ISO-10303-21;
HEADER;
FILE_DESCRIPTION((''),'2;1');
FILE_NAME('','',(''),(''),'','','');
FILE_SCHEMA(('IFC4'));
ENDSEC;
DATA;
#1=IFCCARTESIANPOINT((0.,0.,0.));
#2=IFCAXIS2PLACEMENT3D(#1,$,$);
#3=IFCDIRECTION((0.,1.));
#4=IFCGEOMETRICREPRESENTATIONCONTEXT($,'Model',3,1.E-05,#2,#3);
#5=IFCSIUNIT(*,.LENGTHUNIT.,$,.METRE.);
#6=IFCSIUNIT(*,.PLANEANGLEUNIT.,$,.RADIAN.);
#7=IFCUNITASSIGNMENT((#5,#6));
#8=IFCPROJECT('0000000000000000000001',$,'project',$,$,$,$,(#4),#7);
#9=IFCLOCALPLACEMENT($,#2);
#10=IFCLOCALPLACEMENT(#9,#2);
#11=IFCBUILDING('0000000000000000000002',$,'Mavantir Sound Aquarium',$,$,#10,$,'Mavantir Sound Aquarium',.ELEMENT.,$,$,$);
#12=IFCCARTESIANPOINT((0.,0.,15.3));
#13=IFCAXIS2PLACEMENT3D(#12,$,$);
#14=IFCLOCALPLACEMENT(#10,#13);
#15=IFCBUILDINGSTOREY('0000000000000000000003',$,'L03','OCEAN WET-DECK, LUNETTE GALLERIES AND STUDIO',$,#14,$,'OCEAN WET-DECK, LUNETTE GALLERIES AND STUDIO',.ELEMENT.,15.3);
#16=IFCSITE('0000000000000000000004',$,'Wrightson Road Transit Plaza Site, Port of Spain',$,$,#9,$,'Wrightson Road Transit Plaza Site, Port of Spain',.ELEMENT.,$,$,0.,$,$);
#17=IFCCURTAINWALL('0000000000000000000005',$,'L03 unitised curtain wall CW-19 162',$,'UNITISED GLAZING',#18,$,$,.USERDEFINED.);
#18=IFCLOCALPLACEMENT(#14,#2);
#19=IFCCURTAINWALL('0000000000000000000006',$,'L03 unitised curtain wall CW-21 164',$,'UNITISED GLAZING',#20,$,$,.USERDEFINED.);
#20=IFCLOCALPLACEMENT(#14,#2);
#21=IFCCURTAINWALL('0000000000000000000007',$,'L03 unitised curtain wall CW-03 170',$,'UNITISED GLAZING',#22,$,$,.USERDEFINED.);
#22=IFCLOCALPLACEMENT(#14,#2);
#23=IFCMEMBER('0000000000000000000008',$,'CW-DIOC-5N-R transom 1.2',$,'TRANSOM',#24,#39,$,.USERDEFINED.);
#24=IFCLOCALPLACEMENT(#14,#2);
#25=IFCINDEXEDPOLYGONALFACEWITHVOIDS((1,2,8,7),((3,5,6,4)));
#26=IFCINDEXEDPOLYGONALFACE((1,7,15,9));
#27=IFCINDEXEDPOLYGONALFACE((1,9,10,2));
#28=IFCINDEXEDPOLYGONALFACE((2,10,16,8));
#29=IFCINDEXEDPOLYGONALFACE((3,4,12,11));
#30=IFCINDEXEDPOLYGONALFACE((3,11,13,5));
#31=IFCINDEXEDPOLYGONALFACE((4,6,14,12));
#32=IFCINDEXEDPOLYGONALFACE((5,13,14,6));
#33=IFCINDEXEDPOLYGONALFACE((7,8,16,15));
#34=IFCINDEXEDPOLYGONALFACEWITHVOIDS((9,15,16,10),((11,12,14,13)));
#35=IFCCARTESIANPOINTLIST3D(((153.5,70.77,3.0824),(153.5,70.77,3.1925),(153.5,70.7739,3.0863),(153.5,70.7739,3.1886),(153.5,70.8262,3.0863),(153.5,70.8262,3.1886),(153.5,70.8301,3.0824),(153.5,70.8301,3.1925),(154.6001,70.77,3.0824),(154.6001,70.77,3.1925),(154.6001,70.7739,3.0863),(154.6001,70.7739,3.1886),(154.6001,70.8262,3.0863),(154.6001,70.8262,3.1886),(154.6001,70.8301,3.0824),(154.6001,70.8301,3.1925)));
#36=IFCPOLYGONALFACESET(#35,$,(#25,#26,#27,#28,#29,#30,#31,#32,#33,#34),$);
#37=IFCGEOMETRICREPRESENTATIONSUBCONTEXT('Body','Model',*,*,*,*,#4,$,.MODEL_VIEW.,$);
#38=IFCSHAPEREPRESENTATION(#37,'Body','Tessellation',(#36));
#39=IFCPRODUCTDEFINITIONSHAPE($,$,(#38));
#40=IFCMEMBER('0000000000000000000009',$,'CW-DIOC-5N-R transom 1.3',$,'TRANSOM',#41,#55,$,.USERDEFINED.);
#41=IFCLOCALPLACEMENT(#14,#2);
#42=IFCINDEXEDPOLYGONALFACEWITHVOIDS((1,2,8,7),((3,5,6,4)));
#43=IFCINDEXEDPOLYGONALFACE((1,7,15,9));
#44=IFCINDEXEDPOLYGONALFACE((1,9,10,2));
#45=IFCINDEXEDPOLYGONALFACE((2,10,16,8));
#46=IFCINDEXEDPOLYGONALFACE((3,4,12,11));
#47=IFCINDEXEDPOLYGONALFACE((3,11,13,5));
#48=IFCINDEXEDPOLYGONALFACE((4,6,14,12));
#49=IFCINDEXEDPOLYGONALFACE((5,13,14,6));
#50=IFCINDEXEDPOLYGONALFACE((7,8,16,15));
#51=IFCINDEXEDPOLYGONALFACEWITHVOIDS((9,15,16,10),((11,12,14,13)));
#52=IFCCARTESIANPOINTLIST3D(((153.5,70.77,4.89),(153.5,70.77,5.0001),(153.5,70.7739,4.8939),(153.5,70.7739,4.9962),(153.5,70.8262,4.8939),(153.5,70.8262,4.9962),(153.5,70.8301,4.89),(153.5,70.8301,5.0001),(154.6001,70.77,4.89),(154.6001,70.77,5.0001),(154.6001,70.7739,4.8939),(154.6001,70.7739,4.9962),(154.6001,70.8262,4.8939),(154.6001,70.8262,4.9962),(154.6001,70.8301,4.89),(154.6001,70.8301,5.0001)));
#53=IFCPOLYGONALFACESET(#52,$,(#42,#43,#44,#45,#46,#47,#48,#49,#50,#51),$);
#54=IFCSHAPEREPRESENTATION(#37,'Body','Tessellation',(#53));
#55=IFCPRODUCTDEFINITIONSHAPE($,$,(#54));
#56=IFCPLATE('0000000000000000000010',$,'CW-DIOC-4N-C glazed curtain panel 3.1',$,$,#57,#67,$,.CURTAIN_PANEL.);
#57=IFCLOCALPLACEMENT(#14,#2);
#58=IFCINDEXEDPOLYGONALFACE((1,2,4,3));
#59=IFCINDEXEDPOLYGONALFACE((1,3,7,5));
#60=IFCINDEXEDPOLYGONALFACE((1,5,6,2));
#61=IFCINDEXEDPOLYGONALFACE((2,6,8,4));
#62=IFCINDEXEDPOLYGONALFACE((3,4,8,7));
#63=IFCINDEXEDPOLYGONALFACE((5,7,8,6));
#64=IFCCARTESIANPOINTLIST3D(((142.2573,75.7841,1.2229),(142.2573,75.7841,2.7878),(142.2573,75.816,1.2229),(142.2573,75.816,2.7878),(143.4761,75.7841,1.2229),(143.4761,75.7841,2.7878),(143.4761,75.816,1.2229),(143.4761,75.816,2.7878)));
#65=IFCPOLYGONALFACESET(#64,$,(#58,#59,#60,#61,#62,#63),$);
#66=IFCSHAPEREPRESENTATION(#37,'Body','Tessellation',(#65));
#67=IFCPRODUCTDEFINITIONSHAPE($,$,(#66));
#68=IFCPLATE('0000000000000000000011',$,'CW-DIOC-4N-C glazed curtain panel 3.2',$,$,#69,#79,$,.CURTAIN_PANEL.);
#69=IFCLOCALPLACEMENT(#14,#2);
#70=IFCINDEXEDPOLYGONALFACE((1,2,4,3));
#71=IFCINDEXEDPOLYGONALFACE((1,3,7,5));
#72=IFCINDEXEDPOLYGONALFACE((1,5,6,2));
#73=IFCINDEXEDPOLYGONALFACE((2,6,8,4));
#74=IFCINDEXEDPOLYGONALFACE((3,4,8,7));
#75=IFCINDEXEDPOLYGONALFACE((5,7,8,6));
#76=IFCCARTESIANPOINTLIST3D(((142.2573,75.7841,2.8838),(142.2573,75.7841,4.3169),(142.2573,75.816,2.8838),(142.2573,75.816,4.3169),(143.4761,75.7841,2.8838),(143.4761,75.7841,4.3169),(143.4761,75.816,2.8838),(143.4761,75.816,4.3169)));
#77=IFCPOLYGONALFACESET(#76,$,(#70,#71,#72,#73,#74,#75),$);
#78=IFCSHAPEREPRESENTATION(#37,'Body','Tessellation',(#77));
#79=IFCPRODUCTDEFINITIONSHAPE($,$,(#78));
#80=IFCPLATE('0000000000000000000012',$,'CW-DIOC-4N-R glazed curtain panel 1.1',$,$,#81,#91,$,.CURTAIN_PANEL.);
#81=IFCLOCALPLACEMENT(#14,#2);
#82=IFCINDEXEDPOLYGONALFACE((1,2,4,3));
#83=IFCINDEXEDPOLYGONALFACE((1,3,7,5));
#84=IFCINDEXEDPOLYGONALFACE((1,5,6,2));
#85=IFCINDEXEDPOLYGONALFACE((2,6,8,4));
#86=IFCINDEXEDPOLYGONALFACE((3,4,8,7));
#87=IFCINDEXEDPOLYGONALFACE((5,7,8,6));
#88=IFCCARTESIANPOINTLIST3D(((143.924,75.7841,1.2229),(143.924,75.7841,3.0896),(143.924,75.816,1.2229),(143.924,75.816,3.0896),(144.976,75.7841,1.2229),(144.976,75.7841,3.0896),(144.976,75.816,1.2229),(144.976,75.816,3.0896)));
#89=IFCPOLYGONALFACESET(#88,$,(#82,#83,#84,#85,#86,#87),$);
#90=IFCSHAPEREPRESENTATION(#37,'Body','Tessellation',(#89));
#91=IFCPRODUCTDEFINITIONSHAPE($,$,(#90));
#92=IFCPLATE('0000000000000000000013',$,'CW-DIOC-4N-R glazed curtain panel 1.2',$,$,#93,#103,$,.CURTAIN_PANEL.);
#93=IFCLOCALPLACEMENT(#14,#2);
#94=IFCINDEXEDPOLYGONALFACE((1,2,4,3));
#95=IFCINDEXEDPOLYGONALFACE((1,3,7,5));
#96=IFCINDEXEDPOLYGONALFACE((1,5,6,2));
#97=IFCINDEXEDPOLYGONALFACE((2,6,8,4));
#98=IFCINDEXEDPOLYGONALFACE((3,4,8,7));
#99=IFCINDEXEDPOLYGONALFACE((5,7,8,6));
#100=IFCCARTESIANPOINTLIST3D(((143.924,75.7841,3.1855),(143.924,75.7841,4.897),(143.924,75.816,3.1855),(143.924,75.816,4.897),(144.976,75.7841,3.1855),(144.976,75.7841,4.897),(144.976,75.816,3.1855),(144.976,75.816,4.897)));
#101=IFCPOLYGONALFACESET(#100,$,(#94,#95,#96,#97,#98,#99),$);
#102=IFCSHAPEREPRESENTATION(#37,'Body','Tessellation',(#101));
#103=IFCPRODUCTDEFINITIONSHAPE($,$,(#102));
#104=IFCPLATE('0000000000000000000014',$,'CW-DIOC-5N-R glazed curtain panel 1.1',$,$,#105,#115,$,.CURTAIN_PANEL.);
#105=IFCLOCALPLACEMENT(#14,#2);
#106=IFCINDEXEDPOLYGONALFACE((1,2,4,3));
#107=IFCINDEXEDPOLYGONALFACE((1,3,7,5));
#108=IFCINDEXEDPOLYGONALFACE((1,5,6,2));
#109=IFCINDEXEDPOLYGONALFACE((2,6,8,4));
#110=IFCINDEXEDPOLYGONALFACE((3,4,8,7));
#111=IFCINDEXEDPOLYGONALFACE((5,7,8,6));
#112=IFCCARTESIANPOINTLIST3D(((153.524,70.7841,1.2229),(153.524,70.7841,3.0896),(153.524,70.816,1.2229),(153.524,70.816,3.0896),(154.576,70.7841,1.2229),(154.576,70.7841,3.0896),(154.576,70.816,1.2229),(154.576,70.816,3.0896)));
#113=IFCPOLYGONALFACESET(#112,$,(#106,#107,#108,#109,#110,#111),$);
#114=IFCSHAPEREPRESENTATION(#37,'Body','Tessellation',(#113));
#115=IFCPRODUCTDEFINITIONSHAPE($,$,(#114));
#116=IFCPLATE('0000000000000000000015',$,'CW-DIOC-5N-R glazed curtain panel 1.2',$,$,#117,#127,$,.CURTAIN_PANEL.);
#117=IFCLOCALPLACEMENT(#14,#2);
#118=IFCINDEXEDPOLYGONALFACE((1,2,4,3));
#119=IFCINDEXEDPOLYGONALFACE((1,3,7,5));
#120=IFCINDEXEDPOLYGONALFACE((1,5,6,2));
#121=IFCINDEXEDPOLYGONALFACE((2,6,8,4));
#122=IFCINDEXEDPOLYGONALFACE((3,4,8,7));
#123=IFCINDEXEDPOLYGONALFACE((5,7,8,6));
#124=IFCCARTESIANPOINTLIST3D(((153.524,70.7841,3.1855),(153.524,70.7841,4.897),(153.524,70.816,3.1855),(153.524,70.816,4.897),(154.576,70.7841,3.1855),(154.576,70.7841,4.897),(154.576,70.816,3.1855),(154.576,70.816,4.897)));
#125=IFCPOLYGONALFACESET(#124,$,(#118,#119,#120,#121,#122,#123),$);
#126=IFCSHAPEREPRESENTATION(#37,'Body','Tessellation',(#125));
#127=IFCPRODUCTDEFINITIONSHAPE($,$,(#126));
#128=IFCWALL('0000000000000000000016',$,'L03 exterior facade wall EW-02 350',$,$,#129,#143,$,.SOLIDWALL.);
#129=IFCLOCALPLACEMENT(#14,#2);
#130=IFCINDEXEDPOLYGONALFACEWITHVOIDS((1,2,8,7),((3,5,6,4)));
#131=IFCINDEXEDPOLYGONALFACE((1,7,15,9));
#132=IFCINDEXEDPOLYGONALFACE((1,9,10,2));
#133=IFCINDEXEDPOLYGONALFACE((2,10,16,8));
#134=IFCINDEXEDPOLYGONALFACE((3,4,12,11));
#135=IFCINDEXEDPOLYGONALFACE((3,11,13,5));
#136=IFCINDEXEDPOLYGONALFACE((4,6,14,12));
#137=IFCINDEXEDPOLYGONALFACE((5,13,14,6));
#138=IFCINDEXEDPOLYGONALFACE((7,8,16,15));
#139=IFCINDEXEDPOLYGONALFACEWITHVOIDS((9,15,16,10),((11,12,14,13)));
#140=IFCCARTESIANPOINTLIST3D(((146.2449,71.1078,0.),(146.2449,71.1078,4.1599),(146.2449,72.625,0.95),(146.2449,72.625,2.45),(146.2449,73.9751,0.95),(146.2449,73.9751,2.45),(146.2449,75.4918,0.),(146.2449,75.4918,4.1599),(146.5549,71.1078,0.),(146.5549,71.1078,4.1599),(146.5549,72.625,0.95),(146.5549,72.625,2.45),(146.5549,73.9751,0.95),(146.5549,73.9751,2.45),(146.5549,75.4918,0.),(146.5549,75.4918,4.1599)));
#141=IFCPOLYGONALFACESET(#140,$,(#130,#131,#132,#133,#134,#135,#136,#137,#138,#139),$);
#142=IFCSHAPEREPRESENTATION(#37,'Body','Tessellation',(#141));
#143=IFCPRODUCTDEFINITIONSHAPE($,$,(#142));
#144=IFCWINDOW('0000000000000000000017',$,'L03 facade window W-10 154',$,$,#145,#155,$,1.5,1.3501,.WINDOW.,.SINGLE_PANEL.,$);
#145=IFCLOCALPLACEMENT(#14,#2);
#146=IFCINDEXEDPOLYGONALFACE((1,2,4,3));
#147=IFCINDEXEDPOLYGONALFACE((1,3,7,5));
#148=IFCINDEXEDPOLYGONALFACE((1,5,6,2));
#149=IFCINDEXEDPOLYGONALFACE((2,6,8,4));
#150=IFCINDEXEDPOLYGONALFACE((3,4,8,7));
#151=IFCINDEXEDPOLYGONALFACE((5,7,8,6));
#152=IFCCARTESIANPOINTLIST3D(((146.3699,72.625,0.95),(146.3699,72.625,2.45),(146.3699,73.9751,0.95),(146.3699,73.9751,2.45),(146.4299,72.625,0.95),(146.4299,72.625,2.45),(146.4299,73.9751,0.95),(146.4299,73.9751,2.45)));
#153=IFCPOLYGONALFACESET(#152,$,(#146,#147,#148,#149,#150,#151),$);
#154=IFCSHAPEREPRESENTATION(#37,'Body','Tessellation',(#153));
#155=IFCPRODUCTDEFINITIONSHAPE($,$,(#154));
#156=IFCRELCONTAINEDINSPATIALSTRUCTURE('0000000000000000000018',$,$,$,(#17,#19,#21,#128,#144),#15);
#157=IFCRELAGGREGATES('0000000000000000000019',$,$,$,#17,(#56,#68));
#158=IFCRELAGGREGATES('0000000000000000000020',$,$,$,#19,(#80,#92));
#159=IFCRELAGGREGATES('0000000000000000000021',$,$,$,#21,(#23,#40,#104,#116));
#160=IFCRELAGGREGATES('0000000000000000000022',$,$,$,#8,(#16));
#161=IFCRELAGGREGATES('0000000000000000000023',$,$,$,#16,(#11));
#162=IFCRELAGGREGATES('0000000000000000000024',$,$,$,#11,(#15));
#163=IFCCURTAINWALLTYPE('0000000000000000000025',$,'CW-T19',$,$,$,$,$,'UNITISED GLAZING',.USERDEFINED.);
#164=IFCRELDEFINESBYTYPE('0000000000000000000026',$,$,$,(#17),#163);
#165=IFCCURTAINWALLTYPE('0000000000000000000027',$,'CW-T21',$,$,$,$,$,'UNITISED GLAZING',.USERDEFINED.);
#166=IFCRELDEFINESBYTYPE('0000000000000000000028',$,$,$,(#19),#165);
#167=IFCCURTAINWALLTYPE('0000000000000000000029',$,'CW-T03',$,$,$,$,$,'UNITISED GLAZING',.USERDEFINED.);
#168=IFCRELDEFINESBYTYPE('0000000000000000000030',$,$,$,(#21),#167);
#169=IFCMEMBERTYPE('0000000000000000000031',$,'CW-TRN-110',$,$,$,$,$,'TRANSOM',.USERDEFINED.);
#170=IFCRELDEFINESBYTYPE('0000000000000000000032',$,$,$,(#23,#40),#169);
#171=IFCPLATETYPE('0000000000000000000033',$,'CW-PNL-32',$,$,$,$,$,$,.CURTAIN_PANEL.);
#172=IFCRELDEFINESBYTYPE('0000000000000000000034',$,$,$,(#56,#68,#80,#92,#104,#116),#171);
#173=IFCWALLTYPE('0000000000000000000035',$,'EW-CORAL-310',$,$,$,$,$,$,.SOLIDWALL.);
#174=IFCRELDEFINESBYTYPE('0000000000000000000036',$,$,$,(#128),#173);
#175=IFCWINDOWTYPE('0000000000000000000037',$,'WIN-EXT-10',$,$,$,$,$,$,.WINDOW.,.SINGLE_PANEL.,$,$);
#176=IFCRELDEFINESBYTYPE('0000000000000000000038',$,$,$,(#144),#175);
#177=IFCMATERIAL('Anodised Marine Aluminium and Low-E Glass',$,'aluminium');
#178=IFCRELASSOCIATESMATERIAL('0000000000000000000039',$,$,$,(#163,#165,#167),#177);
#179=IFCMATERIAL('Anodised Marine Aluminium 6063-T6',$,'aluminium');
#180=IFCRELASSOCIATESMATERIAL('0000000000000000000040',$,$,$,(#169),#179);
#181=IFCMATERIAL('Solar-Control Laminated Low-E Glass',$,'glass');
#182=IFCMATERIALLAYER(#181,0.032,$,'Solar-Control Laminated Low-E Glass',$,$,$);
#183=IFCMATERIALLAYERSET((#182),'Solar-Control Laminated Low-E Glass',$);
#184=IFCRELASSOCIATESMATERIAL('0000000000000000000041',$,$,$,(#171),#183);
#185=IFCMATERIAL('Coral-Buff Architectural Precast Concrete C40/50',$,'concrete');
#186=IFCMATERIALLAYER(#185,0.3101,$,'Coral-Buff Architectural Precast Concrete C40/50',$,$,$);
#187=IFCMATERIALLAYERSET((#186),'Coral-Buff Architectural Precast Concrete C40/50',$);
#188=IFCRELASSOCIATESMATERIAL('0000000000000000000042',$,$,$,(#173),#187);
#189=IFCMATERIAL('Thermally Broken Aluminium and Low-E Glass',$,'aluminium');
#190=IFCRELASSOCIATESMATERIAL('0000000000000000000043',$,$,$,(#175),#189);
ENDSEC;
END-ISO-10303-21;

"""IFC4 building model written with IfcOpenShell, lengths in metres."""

from ifc_helpers import new_model, si_unit, direction, frame, frame_2d, origin, origin_2d, place, context, subcontext, project, spatial, rectangle, hollow_rectangle, extrude, material, layer, layer_set, material_profile, profile_set, type_object, element, fill, aggregate, save


model = new_model("IFC4")

# Units and contexts
model_context = context("Model", 3, precision=1e-05, world=origin(), true_north=direction((0.0, 1.0)))
body_context = subcontext(model_context, "Body", "Model", "MODEL_VIEW")
ifc_project = project(units=[si_unit("LENGTHUNIT", "METRE"), si_unit("PLANEANGLEUNIT", "RADIAN")], contexts=[model_context])

# Site, building, storey
site_placement = place(None, origin())
site = spatial("IfcSite", under=ifc_project, at=site_placement, Name="Wrightson Road Transit Plaza Site, Port of Spain", LongName="Wrightson Road Transit Plaza Site, Port of Spain", CompositionType="ELEMENT", RefElevation=0.0)
building_placement = place(site_placement, origin())
building = spatial("IfcBuilding", under=site, at=building_placement, Name="Mavantir Sound Aquarium", LongName="Mavantir Sound Aquarium", CompositionType="ELEMENT")
storey_placement = place(building_placement, frame((0.0, 0.0, 15.3)))
storey = spatial("IfcBuildingStorey", under=building, at=storey_placement, Name="L03", Description="OCEAN WET-DECK, LUNETTE GALLERIES AND STUDIO", LongName="OCEAN WET-DECK, LUNETTE GALLERIES AND STUDIO", CompositionType="ELEMENT", Elevation=15.3)

# Curtain wall
ifc_material_1 = material(Name="Anodised Marine Aluminium and Low-E Glass", Category="aluminium")
curtain_wall_type_1 = type_object("IfcCurtainWallType", Name="CW-T19", ElementType="UNITISED GLAZING", PredefinedType="USERDEFINED", material=ifc_material_1)
curtain_wall_1_placement = place(storey_placement, origin())
curtain_wall_1 = element("IfcCurtainWall", 1, at=curtain_wall_1_placement, inside=storey, type_object=curtain_wall_type_1, Name="L03 unitised curtain wall CW-19 162", ObjectType="UNITISED GLAZING", PredefinedType="USERDEFINED")
ifc_material_2 = material(Name="Anodised Marine Aluminium 6063-T6", Category="aluminium")

# Curtain wall
curtain_wall_type_2 = type_object("IfcCurtainWallType", Name="CW-T21", ElementType="UNITISED GLAZING", PredefinedType="USERDEFINED", material=ifc_material_1)
curtain_wall_2_placement = place(storey_placement, origin())
curtain_wall_2 = element("IfcCurtainWall", 2, at=curtain_wall_2_placement, inside=storey, type_object=curtain_wall_type_2, Name="L03 unitised curtain wall CW-21 164", ObjectType="UNITISED GLAZING", PredefinedType="USERDEFINED")

# Curtain wall
curtain_wall_type_3 = type_object("IfcCurtainWallType", Name="CW-T03", ElementType="UNITISED GLAZING", PredefinedType="USERDEFINED", material=ifc_material_1)
curtain_wall_3_placement = place(storey_placement, origin())
curtain_wall_3 = element("IfcCurtainWall", 3, at=curtain_wall_3_placement, inside=storey, type_object=curtain_wall_type_3, Name="L03 unitised curtain wall CW-03 170", ObjectType="UNITISED GLAZING", PredefinedType="USERDEFINED")

# Members
ifc_material_profile_1 = material_profile(ifc_material_2, hollow_rectangle(XDim=0.0601, YDim=0.1101, WallThickness=0.0039, at=origin_2d()), Name="ALU-TRANSOM-110X60")
ifc_profile_set_1 = profile_set([ifc_material_profile_1], Name="Anodised Marine Aluminium 6063-T6")
member_type_1 = type_object("IfcMemberType", Name="CW-TRN-110", ElementType="TRANSOM", PredefinedType="USERDEFINED", material=ifc_profile_set_1)
member_1_placement = place(storey_placement, frame((153.5, 70.8, 3.1375), z_axis=(1.0, 0.0, 0.0), x_axis=(0.0, 1.0, 0.0)))
member_1 = element("IfcMember", 4, at=member_1_placement, type_object=member_type_1, Name="CW-DIOC-5N-R transom 1.2", ObjectType="TRANSOM", PredefinedType="USERDEFINED", context=body_context, shape_type="SweptSolid", body=[
    extrude(hollow_rectangle(XDim=0.0601, YDim=0.1101, WallThickness=0.0039, at=origin_2d()), origin(), (0.0, 0.0, 1.0), 1.1001),
])
member_2_placement = place(storey_placement, frame((153.5, 70.8, 4.9451), z_axis=(1.0, 0.0, 0.0), x_axis=(0.0, 1.0, 0.0)))
member_2 = element("IfcMember", 5, at=member_2_placement, type_object=member_type_1, Name="CW-DIOC-5N-R transom 1.3", ObjectType="TRANSOM", PredefinedType="USERDEFINED", context=body_context, shape_type="SweptSolid", body=[
    extrude(hollow_rectangle(XDim=0.0601, YDim=0.1101, WallThickness=0.0039, at=origin_2d()), origin(), (0.0, 0.0, 1.0), 1.1001),
])

# Plates
ifc_material_3 = material(Name="Solar-Control Laminated Low-E Glass", Category="glass")
ifc_layer_1 = layer(ifc_material_3, 0.032, Name="Solar-Control Laminated Low-E Glass")
ifc_layer_set_1 = layer_set([ifc_layer_1], Name="Solar-Control Laminated Low-E Glass")
plate_type = type_object("IfcPlateType", Name="CW-PNL-32", PredefinedType="CURTAIN_PANEL", material=ifc_layer_set_1)
plate_1_placement = place(storey_placement, frame((142.8667, 75.8, 1.2229), z_axis=(0.0, 0.0, 1.0), x_axis=(1.0, 0.0, 0.0)))
plate_1 = element("IfcPlate", 6, at=plate_1_placement, type_object=plate_type, Name="CW-DIOC-4N-C glazed curtain panel 3.1", PredefinedType="CURTAIN_PANEL", context=body_context, shape_type="SweptSolid", body=[
    extrude(rectangle(XDim=1.2188, YDim=0.032, at=origin_2d()), origin(), (0.0, 0.0, 1.0), 1.5649),
])
plate_2_placement = place(storey_placement, frame((142.8667, 75.8, 2.8838), z_axis=(0.0, 0.0, 1.0), x_axis=(1.0, 0.0, 0.0)))
plate_2 = element("IfcPlate", 7, at=plate_2_placement, type_object=plate_type, Name="CW-DIOC-4N-C glazed curtain panel 3.2", PredefinedType="CURTAIN_PANEL", context=body_context, shape_type="SweptSolid", body=[
    extrude(rectangle(XDim=1.2188, YDim=0.032, at=origin_2d()), origin(), (0.0, 0.0, 1.0), 1.4331),
])
aggregate(curtain_wall_1, [plate_1, plate_2])
plate_3_placement = place(storey_placement, frame((144.45, 75.8, 1.2229), z_axis=(0.0, 0.0, 1.0), x_axis=(1.0, 0.0, 0.0)))
plate_3 = element("IfcPlate", 8, at=plate_3_placement, type_object=plate_type, Name="CW-DIOC-4N-R glazed curtain panel 1.1", PredefinedType="CURTAIN_PANEL", context=body_context, shape_type="SweptSolid", body=[
    extrude(rectangle(XDim=1.052, YDim=0.032, at=origin_2d()), origin(), (0.0, 0.0, 1.0), 1.8667),
])
plate_4_placement = place(storey_placement, frame((144.45, 75.8, 3.1855), z_axis=(0.0, 0.0, 1.0), x_axis=(1.0, 0.0, 0.0)))
plate_4 = element("IfcPlate", 9, at=plate_4_placement, type_object=plate_type, Name="CW-DIOC-4N-R glazed curtain panel 1.2", PredefinedType="CURTAIN_PANEL", context=body_context, shape_type="SweptSolid", body=[
    extrude(rectangle(XDim=1.052, YDim=0.032, at=origin_2d()), origin(), (0.0, 0.0, 1.0), 1.7114),
])
aggregate(curtain_wall_2, [plate_3, plate_4])
plate_5_placement = place(storey_placement, frame((154.05, 70.8, 1.2229), z_axis=(0.0, 0.0, 1.0), x_axis=(1.0, 0.0, 0.0)))
plate_5 = element("IfcPlate", 10, at=plate_5_placement, type_object=plate_type, Name="CW-DIOC-5N-R glazed curtain panel 1.1", PredefinedType="CURTAIN_PANEL", context=body_context, shape_type="SweptSolid", body=[
    extrude(rectangle(XDim=1.052, YDim=0.032, at=origin_2d()), origin(), (0.0, 0.0, 1.0), 1.8667),
])
plate_6_placement = place(storey_placement, frame((154.05, 70.8, 3.1855), z_axis=(0.0, 0.0, 1.0), x_axis=(1.0, 0.0, 0.0)))
plate_6 = element("IfcPlate", 11, at=plate_6_placement, type_object=plate_type, Name="CW-DIOC-5N-R glazed curtain panel 1.2", PredefinedType="CURTAIN_PANEL", context=body_context, shape_type="SweptSolid", body=[
    extrude(rectangle(XDim=1.052, YDim=0.032, at=origin_2d()), origin(), (0.0, 0.0, 1.0), 1.7114),
])
aggregate(curtain_wall_3, [member_1, member_2, plate_5, plate_6])

# Wall, opening, window
ifc_material_4 = material(Name="Coral-Buff Architectural Precast Concrete C40/50", Category="concrete")
ifc_layer_2 = layer(ifc_material_4, 0.3101, Name="Coral-Buff Architectural Precast Concrete C40/50")
ifc_layer_set_2 = layer_set([ifc_layer_2], Name="Coral-Buff Architectural Precast Concrete C40/50")
wall_type = type_object("IfcWallType", Name="EW-CORAL-310", PredefinedType="SOLIDWALL", material=ifc_layer_set_2)
wall_placement = place(storey_placement, frame((146.3999, 71.1079, 0.0), z_axis=(0.0, 0.0, 1.0), x_axis=(0.0, 1.0, 0.0)))
wall = element("IfcWall", 12, at=wall_placement, inside=storey, type_object=wall_type, Name="L03 exterior facade wall EW-02 350", PredefinedType="SOLIDWALL", context=body_context, shape_type="SweptSolid", body=[
    extrude(rectangle(XDim=4.384, YDim=0.3101, at=frame_2d((2.1919, 0.0))), origin(), (0.0, 0.0, 1.0), 4.1599),
])
opening_placement = place(wall_placement, frame((1.5171, 0.0, 0.95)))
opening = element("IfcOpeningElement", 13, at=opening_placement, cuts=wall, PredefinedType="OPENING", context=body_context, shape_type="SweptSolid", body=[
    extrude(rectangle(XDim=1.3501, YDim=1.5, at=frame_2d((0.675, 0.75))), frame((0.0, 0.165, 0.0), z_axis=(0.0, -1.0, 0.0), x_axis=(1.0, 0.0, 0.0)), (0.0, 0.0, 1.0), 0.3301),
])
ifc_material_5 = material(Name="Thermally Broken Aluminium and Low-E Glass", Category="aluminium")
window_type = type_object("IfcWindowType", Name="WIN-EXT-10", PartitioningType="SINGLE_PANEL", PredefinedType="WINDOW", material=ifc_material_5)
window_placement = place(opening_placement, origin())
window = element("IfcWindow", 14, at=window_placement, inside=storey, type_object=window_type, Name="L03 facade window W-10 154", OverallHeight=1.5, OverallWidth=1.3501, PartitioningType="SINGLE_PANEL", PredefinedType="WINDOW", context=body_context, shape_type="SweptSolid", body=[
    extrude(rectangle(XDim=1.3501, YDim=1.5, at=frame_2d((0.675, 0.75))), frame((0.0, 0.03, 0.0), z_axis=(0.0, -1.0, 0.0), x_axis=(1.0, 0.0, 0.0)), (0.0, 0.0, 1.0), 0.0601),
])
fill(opening, window)

save(model, "model.ifc")
